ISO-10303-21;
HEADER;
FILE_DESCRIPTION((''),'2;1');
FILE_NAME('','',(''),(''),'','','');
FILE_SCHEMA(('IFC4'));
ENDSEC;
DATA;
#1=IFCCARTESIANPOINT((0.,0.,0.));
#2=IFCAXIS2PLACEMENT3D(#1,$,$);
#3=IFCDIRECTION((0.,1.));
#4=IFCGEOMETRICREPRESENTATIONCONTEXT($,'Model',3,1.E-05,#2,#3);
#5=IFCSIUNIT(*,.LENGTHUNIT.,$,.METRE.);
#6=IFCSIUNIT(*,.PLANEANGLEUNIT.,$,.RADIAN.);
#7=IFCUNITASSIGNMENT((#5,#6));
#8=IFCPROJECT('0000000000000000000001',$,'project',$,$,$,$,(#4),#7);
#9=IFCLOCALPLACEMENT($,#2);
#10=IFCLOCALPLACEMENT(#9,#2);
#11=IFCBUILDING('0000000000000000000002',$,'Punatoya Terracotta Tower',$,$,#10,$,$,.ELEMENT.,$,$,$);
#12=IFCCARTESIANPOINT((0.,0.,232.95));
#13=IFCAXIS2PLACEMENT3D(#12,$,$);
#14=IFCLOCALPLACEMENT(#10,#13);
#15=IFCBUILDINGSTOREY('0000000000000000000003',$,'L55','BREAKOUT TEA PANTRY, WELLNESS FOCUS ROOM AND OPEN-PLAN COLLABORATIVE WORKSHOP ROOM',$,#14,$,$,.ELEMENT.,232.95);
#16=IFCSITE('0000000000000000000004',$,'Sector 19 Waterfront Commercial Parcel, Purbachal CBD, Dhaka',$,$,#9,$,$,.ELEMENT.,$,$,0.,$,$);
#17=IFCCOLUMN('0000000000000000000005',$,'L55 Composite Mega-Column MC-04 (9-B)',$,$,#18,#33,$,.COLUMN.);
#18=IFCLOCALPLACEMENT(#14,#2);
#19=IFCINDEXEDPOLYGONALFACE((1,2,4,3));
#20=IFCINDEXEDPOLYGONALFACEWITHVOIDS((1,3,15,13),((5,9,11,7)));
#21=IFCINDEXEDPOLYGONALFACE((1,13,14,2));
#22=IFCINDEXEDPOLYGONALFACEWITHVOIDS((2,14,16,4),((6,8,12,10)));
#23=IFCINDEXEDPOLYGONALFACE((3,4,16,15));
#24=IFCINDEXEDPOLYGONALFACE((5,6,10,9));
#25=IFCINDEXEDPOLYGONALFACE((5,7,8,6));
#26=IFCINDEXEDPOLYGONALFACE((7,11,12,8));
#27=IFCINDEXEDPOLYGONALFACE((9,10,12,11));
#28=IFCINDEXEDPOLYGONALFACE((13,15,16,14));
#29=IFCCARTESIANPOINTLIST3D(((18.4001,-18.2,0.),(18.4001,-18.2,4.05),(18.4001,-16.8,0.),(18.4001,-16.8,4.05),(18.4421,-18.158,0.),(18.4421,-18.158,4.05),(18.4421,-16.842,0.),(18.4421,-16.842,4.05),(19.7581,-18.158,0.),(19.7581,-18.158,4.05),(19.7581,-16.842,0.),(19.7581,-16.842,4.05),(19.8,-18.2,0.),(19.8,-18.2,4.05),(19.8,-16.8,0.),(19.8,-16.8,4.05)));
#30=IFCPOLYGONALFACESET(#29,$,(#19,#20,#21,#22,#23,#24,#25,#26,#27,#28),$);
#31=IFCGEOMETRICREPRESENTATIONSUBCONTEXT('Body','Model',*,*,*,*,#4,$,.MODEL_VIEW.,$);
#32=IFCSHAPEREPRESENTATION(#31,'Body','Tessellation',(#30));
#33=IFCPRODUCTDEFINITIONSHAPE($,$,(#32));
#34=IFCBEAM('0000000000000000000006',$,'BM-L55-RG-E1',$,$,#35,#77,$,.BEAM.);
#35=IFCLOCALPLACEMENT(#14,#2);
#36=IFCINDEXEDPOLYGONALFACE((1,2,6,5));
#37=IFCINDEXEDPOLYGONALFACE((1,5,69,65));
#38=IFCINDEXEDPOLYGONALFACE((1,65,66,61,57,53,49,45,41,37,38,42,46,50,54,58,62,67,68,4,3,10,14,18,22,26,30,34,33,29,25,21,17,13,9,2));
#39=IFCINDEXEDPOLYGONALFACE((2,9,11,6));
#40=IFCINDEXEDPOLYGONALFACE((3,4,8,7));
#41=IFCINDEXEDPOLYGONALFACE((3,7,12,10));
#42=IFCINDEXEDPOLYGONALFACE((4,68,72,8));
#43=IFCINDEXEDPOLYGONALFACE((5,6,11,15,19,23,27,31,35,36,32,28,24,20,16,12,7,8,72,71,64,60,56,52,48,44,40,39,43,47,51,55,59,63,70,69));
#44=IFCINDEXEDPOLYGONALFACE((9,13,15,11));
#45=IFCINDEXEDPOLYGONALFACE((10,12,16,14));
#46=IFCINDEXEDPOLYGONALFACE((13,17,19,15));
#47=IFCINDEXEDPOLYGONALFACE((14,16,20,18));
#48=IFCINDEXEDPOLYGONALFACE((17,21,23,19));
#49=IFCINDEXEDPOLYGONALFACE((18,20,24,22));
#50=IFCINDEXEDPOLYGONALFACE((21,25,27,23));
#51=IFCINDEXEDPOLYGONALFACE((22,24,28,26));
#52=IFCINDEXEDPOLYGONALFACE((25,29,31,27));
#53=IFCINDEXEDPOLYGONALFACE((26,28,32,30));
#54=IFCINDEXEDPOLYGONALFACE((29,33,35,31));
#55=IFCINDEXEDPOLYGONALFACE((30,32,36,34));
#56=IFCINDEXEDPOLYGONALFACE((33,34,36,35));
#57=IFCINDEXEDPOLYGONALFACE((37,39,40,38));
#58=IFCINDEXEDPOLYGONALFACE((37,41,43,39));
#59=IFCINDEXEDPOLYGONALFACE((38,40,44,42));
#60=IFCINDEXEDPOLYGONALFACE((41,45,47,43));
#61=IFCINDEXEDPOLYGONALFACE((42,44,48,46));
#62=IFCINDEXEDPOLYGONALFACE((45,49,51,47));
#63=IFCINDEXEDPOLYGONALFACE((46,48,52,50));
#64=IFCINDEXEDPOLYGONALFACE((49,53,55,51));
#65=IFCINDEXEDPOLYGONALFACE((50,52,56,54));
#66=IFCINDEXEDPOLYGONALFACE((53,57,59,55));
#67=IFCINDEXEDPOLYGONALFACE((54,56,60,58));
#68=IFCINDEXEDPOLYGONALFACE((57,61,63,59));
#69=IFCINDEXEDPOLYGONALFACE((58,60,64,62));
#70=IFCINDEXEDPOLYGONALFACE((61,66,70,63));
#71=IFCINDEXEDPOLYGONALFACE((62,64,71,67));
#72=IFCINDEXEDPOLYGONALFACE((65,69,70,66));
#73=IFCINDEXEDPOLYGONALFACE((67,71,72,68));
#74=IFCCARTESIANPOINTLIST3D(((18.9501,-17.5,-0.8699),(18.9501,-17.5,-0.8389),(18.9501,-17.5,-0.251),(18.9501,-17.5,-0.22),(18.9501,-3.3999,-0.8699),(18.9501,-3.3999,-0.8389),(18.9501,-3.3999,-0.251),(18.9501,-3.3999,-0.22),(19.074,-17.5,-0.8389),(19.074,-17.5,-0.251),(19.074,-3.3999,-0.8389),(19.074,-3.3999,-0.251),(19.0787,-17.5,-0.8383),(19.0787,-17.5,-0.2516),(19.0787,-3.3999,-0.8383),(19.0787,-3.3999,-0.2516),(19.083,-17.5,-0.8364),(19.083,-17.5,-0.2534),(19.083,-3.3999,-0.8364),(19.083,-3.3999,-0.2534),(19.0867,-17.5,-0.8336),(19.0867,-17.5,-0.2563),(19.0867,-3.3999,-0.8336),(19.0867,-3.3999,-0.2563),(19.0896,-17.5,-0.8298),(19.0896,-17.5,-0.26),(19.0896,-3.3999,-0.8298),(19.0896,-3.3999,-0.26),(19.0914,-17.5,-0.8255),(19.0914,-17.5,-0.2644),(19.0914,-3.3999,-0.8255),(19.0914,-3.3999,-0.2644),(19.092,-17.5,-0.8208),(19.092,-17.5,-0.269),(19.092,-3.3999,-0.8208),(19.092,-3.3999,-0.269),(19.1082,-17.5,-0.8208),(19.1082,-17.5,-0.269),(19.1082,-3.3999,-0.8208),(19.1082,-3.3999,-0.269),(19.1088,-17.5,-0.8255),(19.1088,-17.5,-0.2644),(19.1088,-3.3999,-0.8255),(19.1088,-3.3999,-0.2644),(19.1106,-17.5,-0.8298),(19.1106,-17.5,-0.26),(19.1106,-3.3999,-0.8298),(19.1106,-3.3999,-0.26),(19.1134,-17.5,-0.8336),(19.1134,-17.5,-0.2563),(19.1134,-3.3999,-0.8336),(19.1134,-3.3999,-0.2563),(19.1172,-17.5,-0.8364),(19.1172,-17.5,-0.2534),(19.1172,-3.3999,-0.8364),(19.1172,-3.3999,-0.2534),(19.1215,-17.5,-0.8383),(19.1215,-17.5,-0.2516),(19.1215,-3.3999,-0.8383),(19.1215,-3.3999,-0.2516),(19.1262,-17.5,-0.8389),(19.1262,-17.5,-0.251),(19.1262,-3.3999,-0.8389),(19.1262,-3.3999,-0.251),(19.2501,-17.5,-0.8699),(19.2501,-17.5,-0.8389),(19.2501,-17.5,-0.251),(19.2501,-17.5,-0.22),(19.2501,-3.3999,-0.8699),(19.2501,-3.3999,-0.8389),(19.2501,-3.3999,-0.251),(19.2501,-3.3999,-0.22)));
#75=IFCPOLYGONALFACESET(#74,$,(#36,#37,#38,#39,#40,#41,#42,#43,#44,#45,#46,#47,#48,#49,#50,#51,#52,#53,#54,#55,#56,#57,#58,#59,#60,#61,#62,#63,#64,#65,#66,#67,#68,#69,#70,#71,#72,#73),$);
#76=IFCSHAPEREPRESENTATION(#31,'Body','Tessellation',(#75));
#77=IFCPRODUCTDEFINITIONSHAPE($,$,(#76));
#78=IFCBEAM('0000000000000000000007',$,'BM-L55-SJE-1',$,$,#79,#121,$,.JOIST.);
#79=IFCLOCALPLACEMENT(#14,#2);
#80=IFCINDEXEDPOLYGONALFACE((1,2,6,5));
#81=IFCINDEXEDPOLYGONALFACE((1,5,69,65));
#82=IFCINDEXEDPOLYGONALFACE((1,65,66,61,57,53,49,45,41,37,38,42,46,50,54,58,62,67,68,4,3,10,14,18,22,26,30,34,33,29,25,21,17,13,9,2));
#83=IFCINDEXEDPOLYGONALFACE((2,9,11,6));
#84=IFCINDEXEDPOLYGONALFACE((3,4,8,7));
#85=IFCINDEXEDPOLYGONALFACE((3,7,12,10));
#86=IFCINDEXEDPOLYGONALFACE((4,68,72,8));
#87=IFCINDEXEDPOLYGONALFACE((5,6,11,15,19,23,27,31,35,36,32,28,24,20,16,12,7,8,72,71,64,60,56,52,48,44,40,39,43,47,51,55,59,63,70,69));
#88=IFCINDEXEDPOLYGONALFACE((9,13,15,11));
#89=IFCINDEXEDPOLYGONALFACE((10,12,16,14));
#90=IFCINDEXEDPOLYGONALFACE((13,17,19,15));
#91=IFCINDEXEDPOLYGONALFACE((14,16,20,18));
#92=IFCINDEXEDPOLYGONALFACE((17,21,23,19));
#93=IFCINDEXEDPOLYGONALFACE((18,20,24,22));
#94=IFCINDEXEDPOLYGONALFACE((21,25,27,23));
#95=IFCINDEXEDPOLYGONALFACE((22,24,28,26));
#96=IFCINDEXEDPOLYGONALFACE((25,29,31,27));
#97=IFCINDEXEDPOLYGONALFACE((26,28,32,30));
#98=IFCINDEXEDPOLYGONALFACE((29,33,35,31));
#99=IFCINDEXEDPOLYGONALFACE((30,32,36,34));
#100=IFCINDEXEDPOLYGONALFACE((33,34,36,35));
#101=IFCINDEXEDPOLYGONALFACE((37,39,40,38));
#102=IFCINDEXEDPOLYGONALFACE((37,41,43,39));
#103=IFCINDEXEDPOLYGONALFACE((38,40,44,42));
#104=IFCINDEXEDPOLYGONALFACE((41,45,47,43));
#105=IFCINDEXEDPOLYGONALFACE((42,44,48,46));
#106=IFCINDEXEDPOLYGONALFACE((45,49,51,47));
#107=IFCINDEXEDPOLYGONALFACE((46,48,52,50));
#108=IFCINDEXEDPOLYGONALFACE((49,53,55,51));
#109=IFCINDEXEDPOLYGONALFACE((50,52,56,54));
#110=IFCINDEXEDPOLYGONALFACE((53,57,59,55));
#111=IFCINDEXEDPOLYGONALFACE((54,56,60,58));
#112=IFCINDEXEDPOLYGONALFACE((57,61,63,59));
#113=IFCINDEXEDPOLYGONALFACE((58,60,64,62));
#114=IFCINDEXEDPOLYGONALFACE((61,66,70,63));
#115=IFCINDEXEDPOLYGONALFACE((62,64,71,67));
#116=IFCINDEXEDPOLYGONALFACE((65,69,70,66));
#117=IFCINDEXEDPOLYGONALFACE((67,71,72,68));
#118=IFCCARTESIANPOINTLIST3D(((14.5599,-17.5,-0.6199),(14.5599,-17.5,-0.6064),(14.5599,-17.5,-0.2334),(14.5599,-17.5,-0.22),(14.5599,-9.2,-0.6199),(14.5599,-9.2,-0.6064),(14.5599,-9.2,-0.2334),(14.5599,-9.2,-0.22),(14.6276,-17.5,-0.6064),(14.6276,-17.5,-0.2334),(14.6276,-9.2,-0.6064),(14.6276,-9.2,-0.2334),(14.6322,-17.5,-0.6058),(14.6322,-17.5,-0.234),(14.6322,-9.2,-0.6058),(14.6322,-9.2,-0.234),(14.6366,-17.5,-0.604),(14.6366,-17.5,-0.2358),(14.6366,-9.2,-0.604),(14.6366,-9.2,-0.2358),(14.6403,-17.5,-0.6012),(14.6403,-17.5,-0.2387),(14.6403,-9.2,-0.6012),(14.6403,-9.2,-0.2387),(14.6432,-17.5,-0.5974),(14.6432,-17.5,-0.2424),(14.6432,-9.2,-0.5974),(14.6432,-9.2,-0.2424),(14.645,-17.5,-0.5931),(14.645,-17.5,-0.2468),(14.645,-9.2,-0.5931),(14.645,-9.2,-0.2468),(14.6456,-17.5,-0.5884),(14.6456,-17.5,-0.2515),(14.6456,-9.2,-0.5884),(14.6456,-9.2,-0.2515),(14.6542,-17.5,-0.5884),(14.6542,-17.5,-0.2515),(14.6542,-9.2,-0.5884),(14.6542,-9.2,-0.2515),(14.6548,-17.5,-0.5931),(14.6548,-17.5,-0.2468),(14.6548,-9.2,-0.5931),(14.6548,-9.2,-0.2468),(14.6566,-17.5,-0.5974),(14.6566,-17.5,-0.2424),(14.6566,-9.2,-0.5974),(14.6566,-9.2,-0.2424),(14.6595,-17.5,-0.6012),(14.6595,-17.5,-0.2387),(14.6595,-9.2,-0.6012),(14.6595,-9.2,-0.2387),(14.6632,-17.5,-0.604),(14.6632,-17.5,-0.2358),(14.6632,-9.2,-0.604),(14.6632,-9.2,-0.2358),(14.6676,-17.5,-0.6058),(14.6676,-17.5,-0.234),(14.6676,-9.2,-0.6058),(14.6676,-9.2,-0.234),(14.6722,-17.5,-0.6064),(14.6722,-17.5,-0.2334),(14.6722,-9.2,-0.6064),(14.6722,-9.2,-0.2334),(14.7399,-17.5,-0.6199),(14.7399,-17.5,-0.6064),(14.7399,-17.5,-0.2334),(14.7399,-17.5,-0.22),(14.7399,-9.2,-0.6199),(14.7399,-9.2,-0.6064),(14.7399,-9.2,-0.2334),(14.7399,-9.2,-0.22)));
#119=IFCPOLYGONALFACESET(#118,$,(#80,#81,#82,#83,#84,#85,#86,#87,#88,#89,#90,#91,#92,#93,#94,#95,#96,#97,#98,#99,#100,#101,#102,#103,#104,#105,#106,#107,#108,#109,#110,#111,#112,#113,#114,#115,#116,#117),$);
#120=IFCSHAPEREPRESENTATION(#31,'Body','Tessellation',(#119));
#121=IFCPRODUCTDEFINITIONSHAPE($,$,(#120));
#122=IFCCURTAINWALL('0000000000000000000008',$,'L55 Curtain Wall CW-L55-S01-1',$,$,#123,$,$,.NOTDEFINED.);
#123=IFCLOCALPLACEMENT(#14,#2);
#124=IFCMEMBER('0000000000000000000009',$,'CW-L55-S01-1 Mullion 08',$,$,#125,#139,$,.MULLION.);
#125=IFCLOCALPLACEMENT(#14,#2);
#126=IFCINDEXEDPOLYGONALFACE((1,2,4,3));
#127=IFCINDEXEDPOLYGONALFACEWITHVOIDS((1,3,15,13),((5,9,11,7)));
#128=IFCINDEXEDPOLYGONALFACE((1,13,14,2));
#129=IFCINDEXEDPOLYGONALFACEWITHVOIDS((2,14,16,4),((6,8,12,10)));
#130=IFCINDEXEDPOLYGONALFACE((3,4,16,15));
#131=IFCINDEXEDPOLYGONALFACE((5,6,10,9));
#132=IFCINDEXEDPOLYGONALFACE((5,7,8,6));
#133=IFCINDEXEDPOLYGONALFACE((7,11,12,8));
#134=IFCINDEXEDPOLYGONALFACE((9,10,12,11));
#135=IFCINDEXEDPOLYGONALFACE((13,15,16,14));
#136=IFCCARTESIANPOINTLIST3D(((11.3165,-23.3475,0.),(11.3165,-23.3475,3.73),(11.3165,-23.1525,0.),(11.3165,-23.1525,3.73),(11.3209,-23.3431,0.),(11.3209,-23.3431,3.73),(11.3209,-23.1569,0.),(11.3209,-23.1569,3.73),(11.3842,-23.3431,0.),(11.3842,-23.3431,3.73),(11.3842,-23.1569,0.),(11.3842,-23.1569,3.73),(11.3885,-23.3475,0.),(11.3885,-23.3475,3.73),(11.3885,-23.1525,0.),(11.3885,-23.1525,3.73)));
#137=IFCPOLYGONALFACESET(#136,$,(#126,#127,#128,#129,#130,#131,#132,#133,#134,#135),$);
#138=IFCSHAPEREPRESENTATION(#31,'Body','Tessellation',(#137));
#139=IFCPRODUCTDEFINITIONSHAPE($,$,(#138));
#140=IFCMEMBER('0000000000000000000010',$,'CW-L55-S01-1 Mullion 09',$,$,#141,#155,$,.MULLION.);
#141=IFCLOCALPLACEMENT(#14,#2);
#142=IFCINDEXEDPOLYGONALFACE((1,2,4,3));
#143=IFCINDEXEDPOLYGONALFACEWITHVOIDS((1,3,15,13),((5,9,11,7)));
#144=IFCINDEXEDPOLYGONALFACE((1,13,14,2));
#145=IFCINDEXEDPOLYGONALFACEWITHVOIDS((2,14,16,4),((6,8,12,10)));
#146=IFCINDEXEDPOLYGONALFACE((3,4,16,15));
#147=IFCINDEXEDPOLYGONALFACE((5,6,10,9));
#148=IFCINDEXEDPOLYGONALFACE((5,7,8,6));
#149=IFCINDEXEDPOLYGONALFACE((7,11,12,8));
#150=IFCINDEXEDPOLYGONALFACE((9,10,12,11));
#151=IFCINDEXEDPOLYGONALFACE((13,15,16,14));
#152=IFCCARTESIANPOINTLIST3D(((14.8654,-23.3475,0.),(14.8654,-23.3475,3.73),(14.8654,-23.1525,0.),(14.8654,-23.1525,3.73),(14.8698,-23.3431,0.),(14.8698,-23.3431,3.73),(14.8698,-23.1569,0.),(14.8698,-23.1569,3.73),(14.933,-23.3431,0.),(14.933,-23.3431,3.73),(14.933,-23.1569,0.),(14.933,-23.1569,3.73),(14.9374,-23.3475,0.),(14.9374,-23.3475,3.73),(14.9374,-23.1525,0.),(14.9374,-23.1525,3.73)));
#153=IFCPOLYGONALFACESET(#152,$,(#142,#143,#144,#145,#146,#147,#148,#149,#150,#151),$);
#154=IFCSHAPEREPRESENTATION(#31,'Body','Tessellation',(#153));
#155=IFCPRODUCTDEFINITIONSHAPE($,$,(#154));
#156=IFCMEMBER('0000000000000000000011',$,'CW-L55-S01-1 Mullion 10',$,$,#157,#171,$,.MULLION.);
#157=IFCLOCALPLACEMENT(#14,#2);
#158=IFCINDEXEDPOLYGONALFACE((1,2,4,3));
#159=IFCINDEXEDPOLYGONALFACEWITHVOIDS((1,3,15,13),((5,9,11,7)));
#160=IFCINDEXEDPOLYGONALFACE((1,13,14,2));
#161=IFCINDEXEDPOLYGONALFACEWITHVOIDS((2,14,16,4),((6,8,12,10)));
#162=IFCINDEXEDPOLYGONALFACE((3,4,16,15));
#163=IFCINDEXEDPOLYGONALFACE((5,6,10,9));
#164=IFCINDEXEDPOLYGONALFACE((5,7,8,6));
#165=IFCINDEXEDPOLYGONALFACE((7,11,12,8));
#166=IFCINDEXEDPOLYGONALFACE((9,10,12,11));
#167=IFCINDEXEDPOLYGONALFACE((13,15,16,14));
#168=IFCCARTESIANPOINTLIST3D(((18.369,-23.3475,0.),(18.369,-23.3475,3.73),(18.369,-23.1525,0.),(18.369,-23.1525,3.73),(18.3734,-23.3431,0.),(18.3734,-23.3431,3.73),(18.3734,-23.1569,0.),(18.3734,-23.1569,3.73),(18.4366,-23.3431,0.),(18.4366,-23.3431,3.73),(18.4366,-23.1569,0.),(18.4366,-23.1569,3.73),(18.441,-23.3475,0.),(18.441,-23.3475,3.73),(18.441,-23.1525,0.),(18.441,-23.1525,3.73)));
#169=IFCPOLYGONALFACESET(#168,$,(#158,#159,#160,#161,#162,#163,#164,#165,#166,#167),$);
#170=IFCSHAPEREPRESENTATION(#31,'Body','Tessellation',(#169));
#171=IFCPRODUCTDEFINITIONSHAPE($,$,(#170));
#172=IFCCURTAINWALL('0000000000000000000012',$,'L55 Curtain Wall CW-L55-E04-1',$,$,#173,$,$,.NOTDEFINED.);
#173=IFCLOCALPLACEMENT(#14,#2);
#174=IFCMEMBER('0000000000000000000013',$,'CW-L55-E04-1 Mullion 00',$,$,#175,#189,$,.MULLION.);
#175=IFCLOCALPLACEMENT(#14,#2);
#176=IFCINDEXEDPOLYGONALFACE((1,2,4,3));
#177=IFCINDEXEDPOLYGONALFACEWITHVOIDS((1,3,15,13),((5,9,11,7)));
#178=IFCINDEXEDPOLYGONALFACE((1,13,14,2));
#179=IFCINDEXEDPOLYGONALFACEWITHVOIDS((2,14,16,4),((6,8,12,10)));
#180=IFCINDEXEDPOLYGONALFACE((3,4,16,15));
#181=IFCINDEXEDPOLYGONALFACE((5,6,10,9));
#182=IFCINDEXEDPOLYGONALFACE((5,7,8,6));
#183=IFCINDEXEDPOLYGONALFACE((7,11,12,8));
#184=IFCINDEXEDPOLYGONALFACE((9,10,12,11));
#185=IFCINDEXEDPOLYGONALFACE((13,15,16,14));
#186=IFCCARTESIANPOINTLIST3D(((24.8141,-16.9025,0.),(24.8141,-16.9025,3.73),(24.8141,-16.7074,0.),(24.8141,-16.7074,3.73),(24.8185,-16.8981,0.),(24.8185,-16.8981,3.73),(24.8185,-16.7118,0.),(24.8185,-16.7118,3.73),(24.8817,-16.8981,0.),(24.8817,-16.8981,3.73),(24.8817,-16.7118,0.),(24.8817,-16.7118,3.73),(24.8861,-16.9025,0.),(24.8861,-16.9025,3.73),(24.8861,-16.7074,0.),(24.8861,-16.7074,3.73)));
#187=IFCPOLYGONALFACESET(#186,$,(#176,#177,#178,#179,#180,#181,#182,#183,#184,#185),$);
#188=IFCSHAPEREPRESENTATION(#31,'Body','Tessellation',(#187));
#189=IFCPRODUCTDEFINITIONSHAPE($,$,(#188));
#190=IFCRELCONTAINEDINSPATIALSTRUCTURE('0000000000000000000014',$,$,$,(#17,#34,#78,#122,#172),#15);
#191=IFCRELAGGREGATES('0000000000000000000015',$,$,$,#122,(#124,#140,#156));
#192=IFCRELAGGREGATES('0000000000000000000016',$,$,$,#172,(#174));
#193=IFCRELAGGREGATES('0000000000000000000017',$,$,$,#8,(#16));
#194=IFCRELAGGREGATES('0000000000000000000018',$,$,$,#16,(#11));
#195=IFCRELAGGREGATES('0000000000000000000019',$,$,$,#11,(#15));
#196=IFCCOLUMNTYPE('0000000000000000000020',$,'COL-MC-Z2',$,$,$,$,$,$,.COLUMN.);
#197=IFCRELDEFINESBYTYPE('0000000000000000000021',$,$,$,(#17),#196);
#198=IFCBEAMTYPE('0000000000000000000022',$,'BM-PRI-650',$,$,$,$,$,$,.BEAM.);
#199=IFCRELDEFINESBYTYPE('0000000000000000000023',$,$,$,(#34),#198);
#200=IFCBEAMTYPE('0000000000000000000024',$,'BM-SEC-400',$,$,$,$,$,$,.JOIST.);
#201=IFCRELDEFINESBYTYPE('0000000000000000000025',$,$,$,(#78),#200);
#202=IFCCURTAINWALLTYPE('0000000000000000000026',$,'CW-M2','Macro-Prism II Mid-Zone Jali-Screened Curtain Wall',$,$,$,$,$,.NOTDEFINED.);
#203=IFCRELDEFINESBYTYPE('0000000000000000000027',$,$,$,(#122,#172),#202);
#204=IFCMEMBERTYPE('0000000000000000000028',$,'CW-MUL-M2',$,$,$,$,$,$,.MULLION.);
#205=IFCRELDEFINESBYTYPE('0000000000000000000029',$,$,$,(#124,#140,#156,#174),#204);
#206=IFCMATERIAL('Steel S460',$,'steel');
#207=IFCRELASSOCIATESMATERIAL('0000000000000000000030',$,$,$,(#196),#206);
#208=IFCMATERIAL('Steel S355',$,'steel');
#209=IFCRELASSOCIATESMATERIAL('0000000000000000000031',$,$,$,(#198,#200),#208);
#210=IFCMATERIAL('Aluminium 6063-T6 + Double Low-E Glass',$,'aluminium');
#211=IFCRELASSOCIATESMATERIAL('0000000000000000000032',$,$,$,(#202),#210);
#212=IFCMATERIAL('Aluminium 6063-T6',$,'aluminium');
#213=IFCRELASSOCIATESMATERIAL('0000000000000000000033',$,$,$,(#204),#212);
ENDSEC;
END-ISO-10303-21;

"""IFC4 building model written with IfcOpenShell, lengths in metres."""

from ifc_helpers import new_model, si_unit, direction, frame, origin, origin_2d, place, context, subcontext, project, spatial, hollow_rectangle, i_section, extrude, material, material_profile, profile_set, type_object, element, aggregate, save


model = new_model("IFC4")

# Units and contexts
model_context = context("Model", 3, precision=1e-05, world=origin(), true_north=direction((0.0, 1.0)))
body_context = subcontext(model_context, "Body", "Model", "MODEL_VIEW")
ifc_project = project(units=[si_unit("LENGTHUNIT", "METRE"), si_unit("PLANEANGLEUNIT", "RADIAN")], contexts=[model_context])

# Site, building, storey
site_placement = place(None, origin())
site = spatial("IfcSite", under=ifc_project, at=site_placement, Name="Sector 19 Waterfront Commercial Parcel, Purbachal CBD, Dhaka", CompositionType="ELEMENT", RefElevation=0.0)
building_placement = place(site_placement, origin())
building = spatial("IfcBuilding", under=site, at=building_placement, Name="Punatoya Terracotta Tower", CompositionType="ELEMENT")
storey_placement = place(building_placement, frame((0.0, 0.0, 232.95)))
storey = spatial("IfcBuildingStorey", under=building, at=storey_placement, Name="L55", Description="BREAKOUT TEA PANTRY, WELLNESS FOCUS ROOM AND OPEN-PLAN COLLABORATIVE WORKSHOP ROOM", CompositionType="ELEMENT", Elevation=232.95)

# Column
ifc_material_1 = material(Name="Steel S460", Category="steel")
ifc_material_profile_1 = material_profile(ifc_material_1, hollow_rectangle(XDim=1.3999, YDim=1.3999, WallThickness=0.042, at=origin_2d()))
ifc_profile_set_1 = profile_set([ifc_material_profile_1], Name="Steel S460")
column_type = type_object("IfcColumnType", Name="COL-MC-Z2", PredefinedType="COLUMN", material=ifc_profile_set_1)
column_placement = place(storey_placement, frame((19.1001, -17.5, 0.0), z_axis=(0.0, 0.0, 1.0), x_axis=(1.0, 0.0, 0.0)))
element("IfcColumn", 1, at=column_placement, inside=storey, type_object=column_type, Name="L55 Composite Mega-Column MC-04 (9-B)", PredefinedType="COLUMN", context=body_context, shape_type="SweptSolid", body=[
    extrude(hollow_rectangle(XDim=1.3999, YDim=1.3999, WallThickness=0.042, at=origin_2d()), origin(), (0.0, 0.0, 1.0), 4.05),
])

# Beams
ifc_material_2 = material(Name="Steel S355", Category="steel")
ifc_material_profile_2 = material_profile(ifc_material_2, i_section(OverallWidth=0.3, OverallDepth=0.6499, WebThickness=0.0161, FlangeThickness=0.031, FilletRadius=0.0181, at=origin_2d()))
ifc_profile_set_2 = profile_set([ifc_material_profile_2], Name="Steel S355")
beam_type_1 = type_object("IfcBeamType", Name="BM-PRI-650", PredefinedType="BEAM", material=ifc_profile_set_2)
beam_1_placement = place(storey_placement, frame((19.1001, -17.5, -0.5449), z_axis=(0.0, 1.0, 0.0), x_axis=(-1.0, 0.0, 0.0)))
element("IfcBeam", 2, at=beam_1_placement, inside=storey, type_object=beam_type_1, Name="BM-L55-RG-E1", PredefinedType="BEAM", context=body_context, shape_type="SweptSolid", body=[
    extrude(i_section(OverallWidth=0.3, OverallDepth=0.6499, WebThickness=0.0161, FlangeThickness=0.031, FilletRadius=0.0181, at=origin_2d()), origin(), (0.0, 0.0, 1.0), 14.1001),
])
ifc_material_profile_3 = material_profile(ifc_material_2, i_section(OverallWidth=0.1799, OverallDepth=0.3999, WebThickness=0.0085, FlangeThickness=0.0134, FilletRadius=0.0181, at=origin_2d()))
ifc_profile_set_3 = profile_set([ifc_material_profile_3], Name="Steel S355")
beam_type_2 = type_object("IfcBeamType", Name="BM-SEC-400", PredefinedType="JOIST", material=ifc_profile_set_3)
beam_2_placement = place(storey_placement, frame((14.6499, -17.5, -0.4199), z_axis=(0.0, 1.0, 0.0), x_axis=(-1.0, 0.0, 0.0)))
element("IfcBeam", 3, at=beam_2_placement, inside=storey, type_object=beam_type_2, Name="BM-L55-SJE-1", PredefinedType="JOIST", context=body_context, shape_type="SweptSolid", body=[
    extrude(i_section(OverallWidth=0.1799, OverallDepth=0.3999, WebThickness=0.0085, FlangeThickness=0.0134, FilletRadius=0.0181, at=origin_2d()), origin(), (0.0, 0.0, 1.0), 8.3),
])

# Curtain walls, members
ifc_material_3 = material(Name="Aluminium 6063-T6 + Double Low-E Glass", Category="aluminium")
curtain_wall_type = type_object("IfcCurtainWallType", Name="CW-M2", Description="Macro-Prism II Mid-Zone Jali-Screened Curtain Wall", PredefinedType="NOTDEFINED", material=ifc_material_3)
curtain_wall_1_placement = place(storey_placement, origin())
curtain_wall_1 = element("IfcCurtainWall", 4, at=curtain_wall_1_placement, inside=storey, type_object=curtain_wall_type, Name="L55 Curtain Wall CW-L55-S01-1", PredefinedType="NOTDEFINED")
ifc_material_4 = material(Name="Aluminium 6063-T6", Category="aluminium")
ifc_material_profile_4 = material_profile(ifc_material_4, hollow_rectangle(XDim=0.072, YDim=0.1951, WallThickness=0.0044, at=origin_2d()))
ifc_profile_set_4 = profile_set([ifc_material_profile_4], Name="Aluminium 6063-T6")
member_type_1 = type_object("IfcMemberType", Name="CW-MUL-M2", PredefinedType="MULLION", material=ifc_profile_set_4)
member_1_placement = place(storey_placement, frame((11.3525, -23.25, 0.0), z_axis=(0.0, 0.0, 1.0), x_axis=(1.0, 0.0, 0.0)))
member_1 = element("IfcMember", 5, at=member_1_placement, type_object=member_type_1, Name="CW-L55-S01-1 Mullion 08", PredefinedType="MULLION", context=body_context, shape_type="SweptSolid", body=[
    extrude(hollow_rectangle(XDim=0.072, YDim=0.1951, WallThickness=0.0044, at=origin_2d()), origin(), (0.0, 0.0, 1.0), 3.73),
])
member_2_placement = place(storey_placement, frame((14.9014, -23.25, 0.0), z_axis=(0.0, 0.0, 1.0), x_axis=(1.0, 0.0, 0.0)))
member_2 = element("IfcMember", 6, at=member_2_placement, type_object=member_type_1, Name="CW-L55-S01-1 Mullion 09", PredefinedType="MULLION", context=body_context, shape_type="SweptSolid", body=[
    extrude(hollow_rectangle(XDim=0.072, YDim=0.1951, WallThickness=0.0044, at=origin_2d()), origin(), (0.0, 0.0, 1.0), 3.73),
])
member_3_placement = place(storey_placement, frame((18.405, -23.25, 0.0), z_axis=(0.0, 0.0, 1.0), x_axis=(1.0, 0.0, 0.0)))
member_3 = element("IfcMember", 7, at=member_3_placement, type_object=member_type_1, Name="CW-L55-S01-1 Mullion 10", PredefinedType="MULLION", context=body_context, shape_type="SweptSolid", body=[
    extrude(hollow_rectangle(XDim=0.072, YDim=0.1951, WallThickness=0.0044, at=origin_2d()), origin(), (0.0, 0.0, 1.0), 3.73),
])
curtain_wall_2_placement = place(storey_placement, origin())
curtain_wall_2 = element("IfcCurtainWall", 8, at=curtain_wall_2_placement, inside=storey, type_object=curtain_wall_type, Name="L55 Curtain Wall CW-L55-E04-1", PredefinedType="NOTDEFINED")
member_4_placement = place(storey_placement, frame((24.8501, -16.8049, 0.0), z_axis=(0.0, 0.0, 1.0), x_axis=(1.0, 0.0, 0.0)))
member_4 = element("IfcMember", 9, at=member_4_placement, type_object=member_type_1, Name="CW-L55-E04-1 Mullion 00", PredefinedType="MULLION", context=body_context, shape_type="SweptSolid", body=[
    extrude(hollow_rectangle(XDim=0.072, YDim=0.1951, WallThickness=0.0044, at=origin_2d()), origin(), (0.0, 0.0, 1.0), 3.73),
])

aggregate(curtain_wall_1, [member_1, member_2, member_3])
aggregate(curtain_wall_2, [member_4])

save(model, "model.ifc")
